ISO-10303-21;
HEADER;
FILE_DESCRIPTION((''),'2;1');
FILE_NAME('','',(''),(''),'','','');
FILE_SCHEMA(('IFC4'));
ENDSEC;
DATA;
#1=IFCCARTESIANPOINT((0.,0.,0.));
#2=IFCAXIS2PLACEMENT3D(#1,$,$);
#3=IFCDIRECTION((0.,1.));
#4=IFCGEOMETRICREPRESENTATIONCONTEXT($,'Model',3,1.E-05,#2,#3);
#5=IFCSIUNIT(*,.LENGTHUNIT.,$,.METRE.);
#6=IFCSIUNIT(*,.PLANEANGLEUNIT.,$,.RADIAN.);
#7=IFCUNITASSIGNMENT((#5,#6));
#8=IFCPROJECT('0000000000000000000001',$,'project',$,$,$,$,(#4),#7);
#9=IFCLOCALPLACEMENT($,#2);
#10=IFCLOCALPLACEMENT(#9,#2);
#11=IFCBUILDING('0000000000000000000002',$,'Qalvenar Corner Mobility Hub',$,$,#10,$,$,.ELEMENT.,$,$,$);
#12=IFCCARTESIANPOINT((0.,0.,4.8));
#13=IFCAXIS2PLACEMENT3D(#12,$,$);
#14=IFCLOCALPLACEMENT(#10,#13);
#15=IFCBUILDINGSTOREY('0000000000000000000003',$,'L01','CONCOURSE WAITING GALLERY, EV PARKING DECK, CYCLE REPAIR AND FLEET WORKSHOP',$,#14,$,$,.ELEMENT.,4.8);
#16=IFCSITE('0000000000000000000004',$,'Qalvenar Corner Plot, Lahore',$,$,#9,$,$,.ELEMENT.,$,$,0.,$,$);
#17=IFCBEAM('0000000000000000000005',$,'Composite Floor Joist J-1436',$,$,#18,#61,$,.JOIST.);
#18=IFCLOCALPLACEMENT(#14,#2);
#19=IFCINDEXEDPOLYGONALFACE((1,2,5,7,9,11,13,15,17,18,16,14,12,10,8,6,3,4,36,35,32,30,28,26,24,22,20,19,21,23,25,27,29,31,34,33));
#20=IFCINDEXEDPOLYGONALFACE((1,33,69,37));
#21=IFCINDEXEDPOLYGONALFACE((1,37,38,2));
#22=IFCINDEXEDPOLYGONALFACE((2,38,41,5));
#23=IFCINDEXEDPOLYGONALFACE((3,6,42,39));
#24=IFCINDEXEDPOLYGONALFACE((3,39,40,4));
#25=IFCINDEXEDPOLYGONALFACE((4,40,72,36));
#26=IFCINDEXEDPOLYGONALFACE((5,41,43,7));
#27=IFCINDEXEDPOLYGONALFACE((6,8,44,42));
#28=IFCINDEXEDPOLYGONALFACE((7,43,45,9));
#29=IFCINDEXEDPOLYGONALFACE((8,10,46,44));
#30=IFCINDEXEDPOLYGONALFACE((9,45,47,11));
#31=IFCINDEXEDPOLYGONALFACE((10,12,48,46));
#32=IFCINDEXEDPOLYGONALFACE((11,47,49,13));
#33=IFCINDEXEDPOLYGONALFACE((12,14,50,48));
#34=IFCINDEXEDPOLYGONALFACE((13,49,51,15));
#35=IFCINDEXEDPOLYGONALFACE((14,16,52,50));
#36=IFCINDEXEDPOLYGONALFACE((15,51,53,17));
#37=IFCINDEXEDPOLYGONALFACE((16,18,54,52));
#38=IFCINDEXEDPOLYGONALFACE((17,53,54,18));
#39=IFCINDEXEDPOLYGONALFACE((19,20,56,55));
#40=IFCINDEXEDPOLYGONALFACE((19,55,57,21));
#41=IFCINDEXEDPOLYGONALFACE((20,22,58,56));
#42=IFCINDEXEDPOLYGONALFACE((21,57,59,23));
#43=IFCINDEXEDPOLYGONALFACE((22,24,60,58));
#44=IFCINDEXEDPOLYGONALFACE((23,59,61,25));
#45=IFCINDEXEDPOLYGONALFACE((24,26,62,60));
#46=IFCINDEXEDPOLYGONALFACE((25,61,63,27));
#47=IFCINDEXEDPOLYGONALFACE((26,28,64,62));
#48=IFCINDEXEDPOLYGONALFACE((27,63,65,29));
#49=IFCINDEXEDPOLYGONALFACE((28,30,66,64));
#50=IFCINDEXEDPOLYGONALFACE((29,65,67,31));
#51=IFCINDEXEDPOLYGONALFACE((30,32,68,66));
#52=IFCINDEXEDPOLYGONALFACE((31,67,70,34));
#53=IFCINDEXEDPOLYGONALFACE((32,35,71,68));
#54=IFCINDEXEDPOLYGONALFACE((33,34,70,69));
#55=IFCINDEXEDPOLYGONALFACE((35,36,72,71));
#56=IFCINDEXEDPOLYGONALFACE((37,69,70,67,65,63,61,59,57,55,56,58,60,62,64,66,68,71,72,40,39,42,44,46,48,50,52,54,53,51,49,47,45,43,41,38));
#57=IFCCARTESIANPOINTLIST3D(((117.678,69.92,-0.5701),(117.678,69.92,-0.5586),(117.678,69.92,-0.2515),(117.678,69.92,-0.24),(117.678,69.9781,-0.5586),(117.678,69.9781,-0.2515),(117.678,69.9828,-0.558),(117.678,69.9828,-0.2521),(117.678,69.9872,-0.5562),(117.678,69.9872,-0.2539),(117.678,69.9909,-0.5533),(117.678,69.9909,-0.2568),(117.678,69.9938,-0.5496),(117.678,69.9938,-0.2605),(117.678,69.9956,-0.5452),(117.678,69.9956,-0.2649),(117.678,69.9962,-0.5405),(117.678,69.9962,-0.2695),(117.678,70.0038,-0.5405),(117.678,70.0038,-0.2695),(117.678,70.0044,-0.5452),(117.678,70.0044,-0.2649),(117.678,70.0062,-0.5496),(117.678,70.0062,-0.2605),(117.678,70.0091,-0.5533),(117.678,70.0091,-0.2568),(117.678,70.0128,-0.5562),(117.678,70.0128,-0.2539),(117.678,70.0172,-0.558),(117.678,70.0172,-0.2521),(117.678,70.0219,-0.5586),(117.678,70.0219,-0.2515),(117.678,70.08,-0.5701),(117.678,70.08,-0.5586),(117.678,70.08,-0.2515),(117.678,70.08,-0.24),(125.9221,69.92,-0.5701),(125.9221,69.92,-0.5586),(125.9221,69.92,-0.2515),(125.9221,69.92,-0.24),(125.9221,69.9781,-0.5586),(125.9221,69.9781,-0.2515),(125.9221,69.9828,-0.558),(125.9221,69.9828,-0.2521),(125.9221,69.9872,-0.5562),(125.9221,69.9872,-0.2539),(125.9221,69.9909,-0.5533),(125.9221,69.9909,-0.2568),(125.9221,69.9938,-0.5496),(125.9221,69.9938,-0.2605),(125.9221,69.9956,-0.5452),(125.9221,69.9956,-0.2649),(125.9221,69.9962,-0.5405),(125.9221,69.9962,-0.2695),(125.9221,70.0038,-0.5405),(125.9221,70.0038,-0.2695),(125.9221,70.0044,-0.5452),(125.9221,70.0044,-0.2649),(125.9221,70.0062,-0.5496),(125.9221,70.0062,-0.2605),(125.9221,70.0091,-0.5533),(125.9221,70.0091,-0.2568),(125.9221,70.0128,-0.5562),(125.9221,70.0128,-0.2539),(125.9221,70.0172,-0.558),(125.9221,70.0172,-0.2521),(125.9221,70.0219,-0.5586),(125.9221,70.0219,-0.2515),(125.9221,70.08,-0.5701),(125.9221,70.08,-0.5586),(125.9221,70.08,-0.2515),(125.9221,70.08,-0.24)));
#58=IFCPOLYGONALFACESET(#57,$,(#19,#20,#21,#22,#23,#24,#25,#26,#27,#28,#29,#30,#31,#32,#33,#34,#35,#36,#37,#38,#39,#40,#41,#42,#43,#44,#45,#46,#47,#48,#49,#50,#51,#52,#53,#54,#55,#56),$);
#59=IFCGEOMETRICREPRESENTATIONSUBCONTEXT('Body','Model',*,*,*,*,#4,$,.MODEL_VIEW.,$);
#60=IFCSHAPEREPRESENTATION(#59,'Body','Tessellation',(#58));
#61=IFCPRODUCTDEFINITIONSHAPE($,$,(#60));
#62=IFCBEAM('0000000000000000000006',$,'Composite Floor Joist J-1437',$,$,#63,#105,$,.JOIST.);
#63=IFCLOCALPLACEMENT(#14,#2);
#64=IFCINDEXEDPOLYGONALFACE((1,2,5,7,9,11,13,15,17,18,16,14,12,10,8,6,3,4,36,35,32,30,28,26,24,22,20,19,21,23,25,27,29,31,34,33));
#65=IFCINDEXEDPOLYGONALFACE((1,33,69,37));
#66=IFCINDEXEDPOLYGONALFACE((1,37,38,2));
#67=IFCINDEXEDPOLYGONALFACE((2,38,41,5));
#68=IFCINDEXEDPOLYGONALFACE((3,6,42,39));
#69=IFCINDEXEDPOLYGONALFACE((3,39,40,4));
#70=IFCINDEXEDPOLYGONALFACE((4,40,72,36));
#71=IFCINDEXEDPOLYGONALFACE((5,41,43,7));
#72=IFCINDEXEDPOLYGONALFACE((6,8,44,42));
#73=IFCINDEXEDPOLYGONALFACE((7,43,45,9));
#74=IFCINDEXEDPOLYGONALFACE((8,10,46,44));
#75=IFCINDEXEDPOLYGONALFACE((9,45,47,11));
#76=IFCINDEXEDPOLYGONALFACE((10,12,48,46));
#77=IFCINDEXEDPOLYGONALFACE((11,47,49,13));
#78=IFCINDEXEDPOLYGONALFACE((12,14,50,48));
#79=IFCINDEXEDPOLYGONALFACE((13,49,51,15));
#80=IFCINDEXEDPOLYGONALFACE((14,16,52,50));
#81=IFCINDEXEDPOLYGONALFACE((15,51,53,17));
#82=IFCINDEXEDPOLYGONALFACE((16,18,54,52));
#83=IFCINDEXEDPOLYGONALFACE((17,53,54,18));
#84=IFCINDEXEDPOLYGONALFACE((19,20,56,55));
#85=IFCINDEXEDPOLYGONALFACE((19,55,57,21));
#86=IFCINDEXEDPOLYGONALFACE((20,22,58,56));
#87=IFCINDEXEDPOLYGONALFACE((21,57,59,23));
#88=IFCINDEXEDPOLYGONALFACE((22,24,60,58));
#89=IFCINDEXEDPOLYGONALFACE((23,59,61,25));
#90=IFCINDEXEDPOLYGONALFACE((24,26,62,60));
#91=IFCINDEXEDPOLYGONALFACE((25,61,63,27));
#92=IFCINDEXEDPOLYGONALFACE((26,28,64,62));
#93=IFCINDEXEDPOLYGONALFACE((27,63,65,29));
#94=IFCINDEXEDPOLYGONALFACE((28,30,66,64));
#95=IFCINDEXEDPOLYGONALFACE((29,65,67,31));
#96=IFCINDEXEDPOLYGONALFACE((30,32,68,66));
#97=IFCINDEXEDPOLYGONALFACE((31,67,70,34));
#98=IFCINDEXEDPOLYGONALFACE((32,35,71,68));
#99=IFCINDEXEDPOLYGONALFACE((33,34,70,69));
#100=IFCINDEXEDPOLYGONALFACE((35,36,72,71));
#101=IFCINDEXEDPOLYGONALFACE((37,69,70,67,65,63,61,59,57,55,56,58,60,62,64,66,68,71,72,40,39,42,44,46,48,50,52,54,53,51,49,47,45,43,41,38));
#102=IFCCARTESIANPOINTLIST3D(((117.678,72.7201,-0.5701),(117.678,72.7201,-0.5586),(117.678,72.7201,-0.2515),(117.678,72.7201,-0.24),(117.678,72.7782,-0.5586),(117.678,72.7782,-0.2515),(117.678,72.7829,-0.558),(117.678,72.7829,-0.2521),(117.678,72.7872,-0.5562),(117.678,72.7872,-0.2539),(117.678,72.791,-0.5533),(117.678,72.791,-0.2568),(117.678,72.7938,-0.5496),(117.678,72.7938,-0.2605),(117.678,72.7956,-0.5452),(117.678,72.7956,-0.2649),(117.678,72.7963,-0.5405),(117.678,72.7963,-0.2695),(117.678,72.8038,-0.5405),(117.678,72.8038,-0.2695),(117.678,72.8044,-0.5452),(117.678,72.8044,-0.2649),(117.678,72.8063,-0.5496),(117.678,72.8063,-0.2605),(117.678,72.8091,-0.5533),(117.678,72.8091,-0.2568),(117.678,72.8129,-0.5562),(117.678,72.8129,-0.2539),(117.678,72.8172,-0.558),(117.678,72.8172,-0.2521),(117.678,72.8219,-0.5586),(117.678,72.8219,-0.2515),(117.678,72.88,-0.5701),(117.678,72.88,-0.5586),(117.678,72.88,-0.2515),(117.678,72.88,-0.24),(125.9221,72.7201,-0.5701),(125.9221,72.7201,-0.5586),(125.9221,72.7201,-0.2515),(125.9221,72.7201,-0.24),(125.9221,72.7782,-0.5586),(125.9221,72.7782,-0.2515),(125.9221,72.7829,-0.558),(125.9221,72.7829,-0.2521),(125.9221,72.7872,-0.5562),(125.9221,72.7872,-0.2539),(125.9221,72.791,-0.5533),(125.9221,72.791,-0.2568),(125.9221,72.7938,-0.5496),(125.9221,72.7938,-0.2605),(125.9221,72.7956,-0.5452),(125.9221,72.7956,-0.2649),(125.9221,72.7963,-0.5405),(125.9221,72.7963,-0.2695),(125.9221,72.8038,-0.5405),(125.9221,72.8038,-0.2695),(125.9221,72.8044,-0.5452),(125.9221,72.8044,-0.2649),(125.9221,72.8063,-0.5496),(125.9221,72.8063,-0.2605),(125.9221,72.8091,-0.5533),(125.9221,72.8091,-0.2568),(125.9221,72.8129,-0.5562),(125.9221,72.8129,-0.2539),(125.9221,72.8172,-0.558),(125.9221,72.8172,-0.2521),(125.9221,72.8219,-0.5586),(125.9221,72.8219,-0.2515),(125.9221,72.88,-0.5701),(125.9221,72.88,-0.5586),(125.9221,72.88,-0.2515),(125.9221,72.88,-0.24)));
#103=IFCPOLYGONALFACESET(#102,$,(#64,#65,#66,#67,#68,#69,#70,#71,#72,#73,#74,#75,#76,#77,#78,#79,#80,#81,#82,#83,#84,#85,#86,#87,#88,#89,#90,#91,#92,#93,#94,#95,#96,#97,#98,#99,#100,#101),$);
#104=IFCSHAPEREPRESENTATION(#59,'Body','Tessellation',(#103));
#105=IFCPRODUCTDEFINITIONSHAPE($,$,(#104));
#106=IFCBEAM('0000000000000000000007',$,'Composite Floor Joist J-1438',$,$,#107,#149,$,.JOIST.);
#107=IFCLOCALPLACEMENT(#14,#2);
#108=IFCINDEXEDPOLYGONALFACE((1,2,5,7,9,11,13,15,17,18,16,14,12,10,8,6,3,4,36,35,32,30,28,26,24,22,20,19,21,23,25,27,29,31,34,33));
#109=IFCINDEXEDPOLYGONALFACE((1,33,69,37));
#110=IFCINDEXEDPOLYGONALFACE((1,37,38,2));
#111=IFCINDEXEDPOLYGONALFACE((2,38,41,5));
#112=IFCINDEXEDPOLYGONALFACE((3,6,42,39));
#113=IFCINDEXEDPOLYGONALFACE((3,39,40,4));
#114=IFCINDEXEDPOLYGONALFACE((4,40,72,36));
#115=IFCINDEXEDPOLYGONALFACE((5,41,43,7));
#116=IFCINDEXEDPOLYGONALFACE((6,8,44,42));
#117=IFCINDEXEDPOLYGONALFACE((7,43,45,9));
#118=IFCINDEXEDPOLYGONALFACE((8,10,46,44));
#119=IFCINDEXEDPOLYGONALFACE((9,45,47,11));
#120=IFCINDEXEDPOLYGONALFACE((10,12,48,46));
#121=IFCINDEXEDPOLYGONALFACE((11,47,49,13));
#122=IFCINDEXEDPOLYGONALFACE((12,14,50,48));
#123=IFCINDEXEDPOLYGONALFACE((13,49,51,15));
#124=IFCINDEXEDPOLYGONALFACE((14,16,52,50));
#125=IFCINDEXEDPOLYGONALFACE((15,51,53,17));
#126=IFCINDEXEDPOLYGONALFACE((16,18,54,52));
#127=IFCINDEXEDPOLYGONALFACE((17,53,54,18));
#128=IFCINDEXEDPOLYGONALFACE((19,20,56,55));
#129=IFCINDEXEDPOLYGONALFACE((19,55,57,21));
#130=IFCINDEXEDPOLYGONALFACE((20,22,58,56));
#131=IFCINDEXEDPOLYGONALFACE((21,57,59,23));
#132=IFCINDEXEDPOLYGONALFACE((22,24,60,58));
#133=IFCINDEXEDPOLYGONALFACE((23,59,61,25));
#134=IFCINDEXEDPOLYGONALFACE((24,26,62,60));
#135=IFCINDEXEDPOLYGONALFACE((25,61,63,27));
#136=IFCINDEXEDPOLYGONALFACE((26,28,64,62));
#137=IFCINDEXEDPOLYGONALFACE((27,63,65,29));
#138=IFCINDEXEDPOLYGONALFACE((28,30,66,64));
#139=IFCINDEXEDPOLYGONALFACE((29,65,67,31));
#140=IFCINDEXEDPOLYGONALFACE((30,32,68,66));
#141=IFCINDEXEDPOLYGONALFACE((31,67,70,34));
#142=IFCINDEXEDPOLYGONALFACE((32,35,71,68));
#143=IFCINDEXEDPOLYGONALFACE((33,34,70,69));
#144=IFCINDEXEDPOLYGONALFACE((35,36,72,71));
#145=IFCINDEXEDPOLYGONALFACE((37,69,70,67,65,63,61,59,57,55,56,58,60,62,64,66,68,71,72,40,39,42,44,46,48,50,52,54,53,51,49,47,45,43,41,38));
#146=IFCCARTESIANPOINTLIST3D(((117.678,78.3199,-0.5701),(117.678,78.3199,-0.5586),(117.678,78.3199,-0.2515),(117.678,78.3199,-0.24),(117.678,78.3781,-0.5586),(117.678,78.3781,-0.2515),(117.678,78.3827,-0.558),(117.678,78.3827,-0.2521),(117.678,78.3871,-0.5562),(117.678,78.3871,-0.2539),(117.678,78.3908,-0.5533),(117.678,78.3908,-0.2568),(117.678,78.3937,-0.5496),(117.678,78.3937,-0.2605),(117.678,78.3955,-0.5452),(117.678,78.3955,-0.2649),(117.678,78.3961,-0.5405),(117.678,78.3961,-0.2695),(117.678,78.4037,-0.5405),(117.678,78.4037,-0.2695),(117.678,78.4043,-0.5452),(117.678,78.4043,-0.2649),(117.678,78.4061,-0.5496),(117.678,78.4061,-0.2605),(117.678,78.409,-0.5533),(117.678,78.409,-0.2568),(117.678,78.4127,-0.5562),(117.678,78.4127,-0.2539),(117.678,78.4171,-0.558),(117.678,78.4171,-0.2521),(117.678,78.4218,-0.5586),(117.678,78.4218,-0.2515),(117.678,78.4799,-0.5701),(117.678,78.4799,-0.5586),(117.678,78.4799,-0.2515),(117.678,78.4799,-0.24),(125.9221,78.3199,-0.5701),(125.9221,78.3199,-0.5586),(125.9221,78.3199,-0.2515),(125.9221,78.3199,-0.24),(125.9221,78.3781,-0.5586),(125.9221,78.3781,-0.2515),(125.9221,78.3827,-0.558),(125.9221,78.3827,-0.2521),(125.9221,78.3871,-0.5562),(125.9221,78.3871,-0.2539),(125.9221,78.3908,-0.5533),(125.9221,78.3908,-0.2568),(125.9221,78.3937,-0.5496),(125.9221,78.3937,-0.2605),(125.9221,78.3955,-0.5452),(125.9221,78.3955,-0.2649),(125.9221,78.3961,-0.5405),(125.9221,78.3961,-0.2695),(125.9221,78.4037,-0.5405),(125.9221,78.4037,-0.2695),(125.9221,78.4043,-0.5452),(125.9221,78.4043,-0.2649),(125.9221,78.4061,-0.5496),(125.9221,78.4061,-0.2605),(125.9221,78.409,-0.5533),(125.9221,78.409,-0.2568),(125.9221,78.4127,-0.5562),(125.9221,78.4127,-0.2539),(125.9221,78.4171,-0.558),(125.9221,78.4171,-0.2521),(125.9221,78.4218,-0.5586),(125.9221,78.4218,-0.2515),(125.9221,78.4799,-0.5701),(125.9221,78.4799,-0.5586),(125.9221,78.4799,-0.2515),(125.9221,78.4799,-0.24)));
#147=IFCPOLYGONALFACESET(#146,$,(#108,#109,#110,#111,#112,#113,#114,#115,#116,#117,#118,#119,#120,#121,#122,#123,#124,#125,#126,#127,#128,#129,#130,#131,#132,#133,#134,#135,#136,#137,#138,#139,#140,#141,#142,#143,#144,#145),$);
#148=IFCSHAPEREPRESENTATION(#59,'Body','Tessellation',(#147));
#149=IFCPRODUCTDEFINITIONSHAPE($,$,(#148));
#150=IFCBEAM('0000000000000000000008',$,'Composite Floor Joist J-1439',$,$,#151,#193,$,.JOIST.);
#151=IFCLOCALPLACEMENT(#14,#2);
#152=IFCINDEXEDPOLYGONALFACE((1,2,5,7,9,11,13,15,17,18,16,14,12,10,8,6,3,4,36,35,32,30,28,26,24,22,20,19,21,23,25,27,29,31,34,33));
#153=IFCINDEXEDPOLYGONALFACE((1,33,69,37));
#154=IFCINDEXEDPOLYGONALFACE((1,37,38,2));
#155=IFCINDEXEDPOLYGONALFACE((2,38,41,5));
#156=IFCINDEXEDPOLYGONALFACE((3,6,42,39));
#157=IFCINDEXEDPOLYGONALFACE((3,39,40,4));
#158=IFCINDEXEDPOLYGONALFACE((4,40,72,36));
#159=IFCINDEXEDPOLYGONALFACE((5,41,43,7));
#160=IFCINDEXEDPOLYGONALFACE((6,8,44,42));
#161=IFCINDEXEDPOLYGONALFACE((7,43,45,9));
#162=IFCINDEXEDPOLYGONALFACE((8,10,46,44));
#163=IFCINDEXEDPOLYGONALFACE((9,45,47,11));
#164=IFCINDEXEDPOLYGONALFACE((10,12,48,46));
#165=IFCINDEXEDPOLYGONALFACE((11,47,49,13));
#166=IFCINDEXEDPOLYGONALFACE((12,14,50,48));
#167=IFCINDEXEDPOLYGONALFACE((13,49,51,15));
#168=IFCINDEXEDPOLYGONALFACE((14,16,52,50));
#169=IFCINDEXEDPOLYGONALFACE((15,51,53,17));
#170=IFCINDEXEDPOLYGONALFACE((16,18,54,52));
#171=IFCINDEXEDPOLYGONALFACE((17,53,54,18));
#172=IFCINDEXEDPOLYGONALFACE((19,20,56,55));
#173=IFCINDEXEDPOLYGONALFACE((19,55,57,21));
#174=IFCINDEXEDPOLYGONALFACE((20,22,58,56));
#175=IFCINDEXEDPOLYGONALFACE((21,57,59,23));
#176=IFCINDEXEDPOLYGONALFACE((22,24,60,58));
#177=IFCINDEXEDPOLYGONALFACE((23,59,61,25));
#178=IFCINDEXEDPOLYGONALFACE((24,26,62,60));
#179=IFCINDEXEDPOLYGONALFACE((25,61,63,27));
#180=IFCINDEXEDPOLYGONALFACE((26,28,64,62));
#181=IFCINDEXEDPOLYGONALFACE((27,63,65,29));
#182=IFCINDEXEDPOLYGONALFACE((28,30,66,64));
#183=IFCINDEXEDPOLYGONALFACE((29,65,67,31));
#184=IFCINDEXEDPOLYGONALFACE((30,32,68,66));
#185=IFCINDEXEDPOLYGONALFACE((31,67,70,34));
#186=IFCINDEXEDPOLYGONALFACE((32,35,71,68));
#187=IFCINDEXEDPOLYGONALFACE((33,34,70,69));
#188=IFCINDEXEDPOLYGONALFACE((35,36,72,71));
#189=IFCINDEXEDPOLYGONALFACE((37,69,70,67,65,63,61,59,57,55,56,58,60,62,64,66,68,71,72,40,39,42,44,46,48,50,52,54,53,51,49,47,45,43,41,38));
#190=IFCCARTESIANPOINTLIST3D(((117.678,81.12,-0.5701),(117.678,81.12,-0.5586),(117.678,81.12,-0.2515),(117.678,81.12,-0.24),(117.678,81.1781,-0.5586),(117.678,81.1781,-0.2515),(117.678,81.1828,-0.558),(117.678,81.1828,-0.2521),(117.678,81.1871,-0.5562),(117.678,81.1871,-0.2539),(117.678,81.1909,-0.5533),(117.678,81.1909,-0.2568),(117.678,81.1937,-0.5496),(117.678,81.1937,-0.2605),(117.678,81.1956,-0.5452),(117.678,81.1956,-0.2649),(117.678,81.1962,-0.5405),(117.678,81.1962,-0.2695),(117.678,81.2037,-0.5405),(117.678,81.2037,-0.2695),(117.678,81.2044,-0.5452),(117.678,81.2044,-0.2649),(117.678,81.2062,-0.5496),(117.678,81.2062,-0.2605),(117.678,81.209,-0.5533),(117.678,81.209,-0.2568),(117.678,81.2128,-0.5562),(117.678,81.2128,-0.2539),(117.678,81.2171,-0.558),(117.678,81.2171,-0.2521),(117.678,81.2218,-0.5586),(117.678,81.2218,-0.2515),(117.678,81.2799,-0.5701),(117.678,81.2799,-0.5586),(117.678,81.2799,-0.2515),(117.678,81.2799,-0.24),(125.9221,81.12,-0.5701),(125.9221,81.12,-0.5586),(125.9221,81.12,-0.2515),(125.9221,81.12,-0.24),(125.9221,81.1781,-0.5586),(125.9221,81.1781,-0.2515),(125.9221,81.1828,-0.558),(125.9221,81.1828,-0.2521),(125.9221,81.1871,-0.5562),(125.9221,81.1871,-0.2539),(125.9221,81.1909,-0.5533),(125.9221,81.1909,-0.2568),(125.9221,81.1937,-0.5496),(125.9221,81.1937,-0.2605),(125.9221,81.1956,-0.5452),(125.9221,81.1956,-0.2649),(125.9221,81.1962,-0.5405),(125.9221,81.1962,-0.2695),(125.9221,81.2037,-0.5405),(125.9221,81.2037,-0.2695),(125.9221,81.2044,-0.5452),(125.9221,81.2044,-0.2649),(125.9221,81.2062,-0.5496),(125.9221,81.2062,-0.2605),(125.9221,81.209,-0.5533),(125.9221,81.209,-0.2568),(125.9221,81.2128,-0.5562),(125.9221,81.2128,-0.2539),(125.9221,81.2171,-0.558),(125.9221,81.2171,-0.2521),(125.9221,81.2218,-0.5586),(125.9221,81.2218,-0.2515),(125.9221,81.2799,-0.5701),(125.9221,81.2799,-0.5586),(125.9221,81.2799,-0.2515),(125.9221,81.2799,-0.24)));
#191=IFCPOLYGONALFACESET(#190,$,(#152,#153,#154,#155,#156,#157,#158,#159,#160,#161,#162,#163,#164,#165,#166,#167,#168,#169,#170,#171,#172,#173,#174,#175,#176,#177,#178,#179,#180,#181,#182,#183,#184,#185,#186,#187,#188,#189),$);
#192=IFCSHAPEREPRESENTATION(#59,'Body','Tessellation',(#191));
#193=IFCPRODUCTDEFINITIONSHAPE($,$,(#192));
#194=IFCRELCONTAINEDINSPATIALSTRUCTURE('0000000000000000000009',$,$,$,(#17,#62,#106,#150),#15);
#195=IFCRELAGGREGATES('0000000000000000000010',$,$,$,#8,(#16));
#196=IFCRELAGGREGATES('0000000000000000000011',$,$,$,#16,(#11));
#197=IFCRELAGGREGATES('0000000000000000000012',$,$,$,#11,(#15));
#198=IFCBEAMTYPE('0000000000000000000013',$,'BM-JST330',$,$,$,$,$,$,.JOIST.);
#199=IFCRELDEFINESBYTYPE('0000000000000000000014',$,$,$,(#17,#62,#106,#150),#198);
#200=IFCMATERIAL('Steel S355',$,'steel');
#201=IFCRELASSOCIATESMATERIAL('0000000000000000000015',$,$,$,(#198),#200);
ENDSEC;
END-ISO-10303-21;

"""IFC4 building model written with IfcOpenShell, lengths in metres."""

from ifc_helpers import new_model, si_unit, direction, frame, origin, origin_2d, place, context, subcontext, project, spatial, i_section, extrude, material, material_profile, profile_set, type_object, element, save


model = new_model("IFC4")

# Units and contexts
model_context = context("Model", 3, precision=1e-05, world=origin(), true_north=direction((0.0, 1.0)))
body_context = subcontext(model_context, "Body", "Model", "MODEL_VIEW")
ifc_project = project(units=[si_unit("LENGTHUNIT", "METRE"), si_unit("PLANEANGLEUNIT", "RADIAN")], contexts=[model_context])

# Site, building, storey
site_placement = place(None, origin())
site = spatial("IfcSite", under=ifc_project, at=site_placement, Name="Qalvenar Corner Plot, Lahore", CompositionType="ELEMENT", RefElevation=0.0)
building_placement = place(site_placement, origin())
building = spatial("IfcBuilding", under=site, at=building_placement, Name="Qalvenar Corner Mobility Hub", CompositionType="ELEMENT")
storey_placement = place(building_placement, frame((0.0, 0.0, 4.8)))
storey = spatial("IfcBuildingStorey", under=building, at=storey_placement, Name="L01", Description="CONCOURSE WAITING GALLERY, EV PARKING DECK, CYCLE REPAIR AND FLEET WORKSHOP", CompositionType="ELEMENT", Elevation=4.8)

# Shared definitions
ifc_material = material(Name="Steel S355", Category="steel")

# Beams
ifc_material_profile_1 = material_profile(ifc_material, i_section(OverallWidth=0.1599, OverallDepth=0.3301, WebThickness=0.0076, FlangeThickness=0.0115, FilletRadius=0.0181, at=origin_2d()), Name="IPE330")
ifc_profile_set_1 = profile_set([ifc_material_profile_1], Name="Steel S355")
beam_type_1 = type_object("IfcBeamType", Name="BM-JST330", PredefinedType="JOIST", material=ifc_profile_set_1)
for number, where, z_axis, x_axis, name in (
    (1, (117.678, 70.0, -0.405), (1.0, 0.0, 0.0), (0.0, 1.0, 0.0), "Composite Floor Joist J-1436"),
    (2, (117.678, 72.8, -0.405), (1.0, 0.0, 0.0), (0.0, 1.0, 0.0), "Composite Floor Joist J-1437"),
    (3, (117.678, 78.3999, -0.405), (1.0, 0.0, 0.0), (0.0, 1.0, 0.0), "Composite Floor Joist J-1438"),
    (4, (117.678, 81.2, -0.405), (1.0, 0.0, 0.0), (0.0, 1.0, 0.0), "Composite Floor Joist J-1439"),
):
    element("IfcBeam", number, at=place(storey_placement, frame(where, z_axis=z_axis, x_axis=x_axis)), inside=storey, type_object=beam_type_1, Name=name, PredefinedType="JOIST", context=body_context, shape_type="SweptSolid", body=[
        extrude(i_section(OverallWidth=0.1599, OverallDepth=0.3301, WebThickness=0.0076, FlangeThickness=0.0115, FilletRadius=0.0181, at=origin_2d()), origin(), (0.0, 0.0, 1.0), 8.2441),
    ])

save(model, "model.ifc")
